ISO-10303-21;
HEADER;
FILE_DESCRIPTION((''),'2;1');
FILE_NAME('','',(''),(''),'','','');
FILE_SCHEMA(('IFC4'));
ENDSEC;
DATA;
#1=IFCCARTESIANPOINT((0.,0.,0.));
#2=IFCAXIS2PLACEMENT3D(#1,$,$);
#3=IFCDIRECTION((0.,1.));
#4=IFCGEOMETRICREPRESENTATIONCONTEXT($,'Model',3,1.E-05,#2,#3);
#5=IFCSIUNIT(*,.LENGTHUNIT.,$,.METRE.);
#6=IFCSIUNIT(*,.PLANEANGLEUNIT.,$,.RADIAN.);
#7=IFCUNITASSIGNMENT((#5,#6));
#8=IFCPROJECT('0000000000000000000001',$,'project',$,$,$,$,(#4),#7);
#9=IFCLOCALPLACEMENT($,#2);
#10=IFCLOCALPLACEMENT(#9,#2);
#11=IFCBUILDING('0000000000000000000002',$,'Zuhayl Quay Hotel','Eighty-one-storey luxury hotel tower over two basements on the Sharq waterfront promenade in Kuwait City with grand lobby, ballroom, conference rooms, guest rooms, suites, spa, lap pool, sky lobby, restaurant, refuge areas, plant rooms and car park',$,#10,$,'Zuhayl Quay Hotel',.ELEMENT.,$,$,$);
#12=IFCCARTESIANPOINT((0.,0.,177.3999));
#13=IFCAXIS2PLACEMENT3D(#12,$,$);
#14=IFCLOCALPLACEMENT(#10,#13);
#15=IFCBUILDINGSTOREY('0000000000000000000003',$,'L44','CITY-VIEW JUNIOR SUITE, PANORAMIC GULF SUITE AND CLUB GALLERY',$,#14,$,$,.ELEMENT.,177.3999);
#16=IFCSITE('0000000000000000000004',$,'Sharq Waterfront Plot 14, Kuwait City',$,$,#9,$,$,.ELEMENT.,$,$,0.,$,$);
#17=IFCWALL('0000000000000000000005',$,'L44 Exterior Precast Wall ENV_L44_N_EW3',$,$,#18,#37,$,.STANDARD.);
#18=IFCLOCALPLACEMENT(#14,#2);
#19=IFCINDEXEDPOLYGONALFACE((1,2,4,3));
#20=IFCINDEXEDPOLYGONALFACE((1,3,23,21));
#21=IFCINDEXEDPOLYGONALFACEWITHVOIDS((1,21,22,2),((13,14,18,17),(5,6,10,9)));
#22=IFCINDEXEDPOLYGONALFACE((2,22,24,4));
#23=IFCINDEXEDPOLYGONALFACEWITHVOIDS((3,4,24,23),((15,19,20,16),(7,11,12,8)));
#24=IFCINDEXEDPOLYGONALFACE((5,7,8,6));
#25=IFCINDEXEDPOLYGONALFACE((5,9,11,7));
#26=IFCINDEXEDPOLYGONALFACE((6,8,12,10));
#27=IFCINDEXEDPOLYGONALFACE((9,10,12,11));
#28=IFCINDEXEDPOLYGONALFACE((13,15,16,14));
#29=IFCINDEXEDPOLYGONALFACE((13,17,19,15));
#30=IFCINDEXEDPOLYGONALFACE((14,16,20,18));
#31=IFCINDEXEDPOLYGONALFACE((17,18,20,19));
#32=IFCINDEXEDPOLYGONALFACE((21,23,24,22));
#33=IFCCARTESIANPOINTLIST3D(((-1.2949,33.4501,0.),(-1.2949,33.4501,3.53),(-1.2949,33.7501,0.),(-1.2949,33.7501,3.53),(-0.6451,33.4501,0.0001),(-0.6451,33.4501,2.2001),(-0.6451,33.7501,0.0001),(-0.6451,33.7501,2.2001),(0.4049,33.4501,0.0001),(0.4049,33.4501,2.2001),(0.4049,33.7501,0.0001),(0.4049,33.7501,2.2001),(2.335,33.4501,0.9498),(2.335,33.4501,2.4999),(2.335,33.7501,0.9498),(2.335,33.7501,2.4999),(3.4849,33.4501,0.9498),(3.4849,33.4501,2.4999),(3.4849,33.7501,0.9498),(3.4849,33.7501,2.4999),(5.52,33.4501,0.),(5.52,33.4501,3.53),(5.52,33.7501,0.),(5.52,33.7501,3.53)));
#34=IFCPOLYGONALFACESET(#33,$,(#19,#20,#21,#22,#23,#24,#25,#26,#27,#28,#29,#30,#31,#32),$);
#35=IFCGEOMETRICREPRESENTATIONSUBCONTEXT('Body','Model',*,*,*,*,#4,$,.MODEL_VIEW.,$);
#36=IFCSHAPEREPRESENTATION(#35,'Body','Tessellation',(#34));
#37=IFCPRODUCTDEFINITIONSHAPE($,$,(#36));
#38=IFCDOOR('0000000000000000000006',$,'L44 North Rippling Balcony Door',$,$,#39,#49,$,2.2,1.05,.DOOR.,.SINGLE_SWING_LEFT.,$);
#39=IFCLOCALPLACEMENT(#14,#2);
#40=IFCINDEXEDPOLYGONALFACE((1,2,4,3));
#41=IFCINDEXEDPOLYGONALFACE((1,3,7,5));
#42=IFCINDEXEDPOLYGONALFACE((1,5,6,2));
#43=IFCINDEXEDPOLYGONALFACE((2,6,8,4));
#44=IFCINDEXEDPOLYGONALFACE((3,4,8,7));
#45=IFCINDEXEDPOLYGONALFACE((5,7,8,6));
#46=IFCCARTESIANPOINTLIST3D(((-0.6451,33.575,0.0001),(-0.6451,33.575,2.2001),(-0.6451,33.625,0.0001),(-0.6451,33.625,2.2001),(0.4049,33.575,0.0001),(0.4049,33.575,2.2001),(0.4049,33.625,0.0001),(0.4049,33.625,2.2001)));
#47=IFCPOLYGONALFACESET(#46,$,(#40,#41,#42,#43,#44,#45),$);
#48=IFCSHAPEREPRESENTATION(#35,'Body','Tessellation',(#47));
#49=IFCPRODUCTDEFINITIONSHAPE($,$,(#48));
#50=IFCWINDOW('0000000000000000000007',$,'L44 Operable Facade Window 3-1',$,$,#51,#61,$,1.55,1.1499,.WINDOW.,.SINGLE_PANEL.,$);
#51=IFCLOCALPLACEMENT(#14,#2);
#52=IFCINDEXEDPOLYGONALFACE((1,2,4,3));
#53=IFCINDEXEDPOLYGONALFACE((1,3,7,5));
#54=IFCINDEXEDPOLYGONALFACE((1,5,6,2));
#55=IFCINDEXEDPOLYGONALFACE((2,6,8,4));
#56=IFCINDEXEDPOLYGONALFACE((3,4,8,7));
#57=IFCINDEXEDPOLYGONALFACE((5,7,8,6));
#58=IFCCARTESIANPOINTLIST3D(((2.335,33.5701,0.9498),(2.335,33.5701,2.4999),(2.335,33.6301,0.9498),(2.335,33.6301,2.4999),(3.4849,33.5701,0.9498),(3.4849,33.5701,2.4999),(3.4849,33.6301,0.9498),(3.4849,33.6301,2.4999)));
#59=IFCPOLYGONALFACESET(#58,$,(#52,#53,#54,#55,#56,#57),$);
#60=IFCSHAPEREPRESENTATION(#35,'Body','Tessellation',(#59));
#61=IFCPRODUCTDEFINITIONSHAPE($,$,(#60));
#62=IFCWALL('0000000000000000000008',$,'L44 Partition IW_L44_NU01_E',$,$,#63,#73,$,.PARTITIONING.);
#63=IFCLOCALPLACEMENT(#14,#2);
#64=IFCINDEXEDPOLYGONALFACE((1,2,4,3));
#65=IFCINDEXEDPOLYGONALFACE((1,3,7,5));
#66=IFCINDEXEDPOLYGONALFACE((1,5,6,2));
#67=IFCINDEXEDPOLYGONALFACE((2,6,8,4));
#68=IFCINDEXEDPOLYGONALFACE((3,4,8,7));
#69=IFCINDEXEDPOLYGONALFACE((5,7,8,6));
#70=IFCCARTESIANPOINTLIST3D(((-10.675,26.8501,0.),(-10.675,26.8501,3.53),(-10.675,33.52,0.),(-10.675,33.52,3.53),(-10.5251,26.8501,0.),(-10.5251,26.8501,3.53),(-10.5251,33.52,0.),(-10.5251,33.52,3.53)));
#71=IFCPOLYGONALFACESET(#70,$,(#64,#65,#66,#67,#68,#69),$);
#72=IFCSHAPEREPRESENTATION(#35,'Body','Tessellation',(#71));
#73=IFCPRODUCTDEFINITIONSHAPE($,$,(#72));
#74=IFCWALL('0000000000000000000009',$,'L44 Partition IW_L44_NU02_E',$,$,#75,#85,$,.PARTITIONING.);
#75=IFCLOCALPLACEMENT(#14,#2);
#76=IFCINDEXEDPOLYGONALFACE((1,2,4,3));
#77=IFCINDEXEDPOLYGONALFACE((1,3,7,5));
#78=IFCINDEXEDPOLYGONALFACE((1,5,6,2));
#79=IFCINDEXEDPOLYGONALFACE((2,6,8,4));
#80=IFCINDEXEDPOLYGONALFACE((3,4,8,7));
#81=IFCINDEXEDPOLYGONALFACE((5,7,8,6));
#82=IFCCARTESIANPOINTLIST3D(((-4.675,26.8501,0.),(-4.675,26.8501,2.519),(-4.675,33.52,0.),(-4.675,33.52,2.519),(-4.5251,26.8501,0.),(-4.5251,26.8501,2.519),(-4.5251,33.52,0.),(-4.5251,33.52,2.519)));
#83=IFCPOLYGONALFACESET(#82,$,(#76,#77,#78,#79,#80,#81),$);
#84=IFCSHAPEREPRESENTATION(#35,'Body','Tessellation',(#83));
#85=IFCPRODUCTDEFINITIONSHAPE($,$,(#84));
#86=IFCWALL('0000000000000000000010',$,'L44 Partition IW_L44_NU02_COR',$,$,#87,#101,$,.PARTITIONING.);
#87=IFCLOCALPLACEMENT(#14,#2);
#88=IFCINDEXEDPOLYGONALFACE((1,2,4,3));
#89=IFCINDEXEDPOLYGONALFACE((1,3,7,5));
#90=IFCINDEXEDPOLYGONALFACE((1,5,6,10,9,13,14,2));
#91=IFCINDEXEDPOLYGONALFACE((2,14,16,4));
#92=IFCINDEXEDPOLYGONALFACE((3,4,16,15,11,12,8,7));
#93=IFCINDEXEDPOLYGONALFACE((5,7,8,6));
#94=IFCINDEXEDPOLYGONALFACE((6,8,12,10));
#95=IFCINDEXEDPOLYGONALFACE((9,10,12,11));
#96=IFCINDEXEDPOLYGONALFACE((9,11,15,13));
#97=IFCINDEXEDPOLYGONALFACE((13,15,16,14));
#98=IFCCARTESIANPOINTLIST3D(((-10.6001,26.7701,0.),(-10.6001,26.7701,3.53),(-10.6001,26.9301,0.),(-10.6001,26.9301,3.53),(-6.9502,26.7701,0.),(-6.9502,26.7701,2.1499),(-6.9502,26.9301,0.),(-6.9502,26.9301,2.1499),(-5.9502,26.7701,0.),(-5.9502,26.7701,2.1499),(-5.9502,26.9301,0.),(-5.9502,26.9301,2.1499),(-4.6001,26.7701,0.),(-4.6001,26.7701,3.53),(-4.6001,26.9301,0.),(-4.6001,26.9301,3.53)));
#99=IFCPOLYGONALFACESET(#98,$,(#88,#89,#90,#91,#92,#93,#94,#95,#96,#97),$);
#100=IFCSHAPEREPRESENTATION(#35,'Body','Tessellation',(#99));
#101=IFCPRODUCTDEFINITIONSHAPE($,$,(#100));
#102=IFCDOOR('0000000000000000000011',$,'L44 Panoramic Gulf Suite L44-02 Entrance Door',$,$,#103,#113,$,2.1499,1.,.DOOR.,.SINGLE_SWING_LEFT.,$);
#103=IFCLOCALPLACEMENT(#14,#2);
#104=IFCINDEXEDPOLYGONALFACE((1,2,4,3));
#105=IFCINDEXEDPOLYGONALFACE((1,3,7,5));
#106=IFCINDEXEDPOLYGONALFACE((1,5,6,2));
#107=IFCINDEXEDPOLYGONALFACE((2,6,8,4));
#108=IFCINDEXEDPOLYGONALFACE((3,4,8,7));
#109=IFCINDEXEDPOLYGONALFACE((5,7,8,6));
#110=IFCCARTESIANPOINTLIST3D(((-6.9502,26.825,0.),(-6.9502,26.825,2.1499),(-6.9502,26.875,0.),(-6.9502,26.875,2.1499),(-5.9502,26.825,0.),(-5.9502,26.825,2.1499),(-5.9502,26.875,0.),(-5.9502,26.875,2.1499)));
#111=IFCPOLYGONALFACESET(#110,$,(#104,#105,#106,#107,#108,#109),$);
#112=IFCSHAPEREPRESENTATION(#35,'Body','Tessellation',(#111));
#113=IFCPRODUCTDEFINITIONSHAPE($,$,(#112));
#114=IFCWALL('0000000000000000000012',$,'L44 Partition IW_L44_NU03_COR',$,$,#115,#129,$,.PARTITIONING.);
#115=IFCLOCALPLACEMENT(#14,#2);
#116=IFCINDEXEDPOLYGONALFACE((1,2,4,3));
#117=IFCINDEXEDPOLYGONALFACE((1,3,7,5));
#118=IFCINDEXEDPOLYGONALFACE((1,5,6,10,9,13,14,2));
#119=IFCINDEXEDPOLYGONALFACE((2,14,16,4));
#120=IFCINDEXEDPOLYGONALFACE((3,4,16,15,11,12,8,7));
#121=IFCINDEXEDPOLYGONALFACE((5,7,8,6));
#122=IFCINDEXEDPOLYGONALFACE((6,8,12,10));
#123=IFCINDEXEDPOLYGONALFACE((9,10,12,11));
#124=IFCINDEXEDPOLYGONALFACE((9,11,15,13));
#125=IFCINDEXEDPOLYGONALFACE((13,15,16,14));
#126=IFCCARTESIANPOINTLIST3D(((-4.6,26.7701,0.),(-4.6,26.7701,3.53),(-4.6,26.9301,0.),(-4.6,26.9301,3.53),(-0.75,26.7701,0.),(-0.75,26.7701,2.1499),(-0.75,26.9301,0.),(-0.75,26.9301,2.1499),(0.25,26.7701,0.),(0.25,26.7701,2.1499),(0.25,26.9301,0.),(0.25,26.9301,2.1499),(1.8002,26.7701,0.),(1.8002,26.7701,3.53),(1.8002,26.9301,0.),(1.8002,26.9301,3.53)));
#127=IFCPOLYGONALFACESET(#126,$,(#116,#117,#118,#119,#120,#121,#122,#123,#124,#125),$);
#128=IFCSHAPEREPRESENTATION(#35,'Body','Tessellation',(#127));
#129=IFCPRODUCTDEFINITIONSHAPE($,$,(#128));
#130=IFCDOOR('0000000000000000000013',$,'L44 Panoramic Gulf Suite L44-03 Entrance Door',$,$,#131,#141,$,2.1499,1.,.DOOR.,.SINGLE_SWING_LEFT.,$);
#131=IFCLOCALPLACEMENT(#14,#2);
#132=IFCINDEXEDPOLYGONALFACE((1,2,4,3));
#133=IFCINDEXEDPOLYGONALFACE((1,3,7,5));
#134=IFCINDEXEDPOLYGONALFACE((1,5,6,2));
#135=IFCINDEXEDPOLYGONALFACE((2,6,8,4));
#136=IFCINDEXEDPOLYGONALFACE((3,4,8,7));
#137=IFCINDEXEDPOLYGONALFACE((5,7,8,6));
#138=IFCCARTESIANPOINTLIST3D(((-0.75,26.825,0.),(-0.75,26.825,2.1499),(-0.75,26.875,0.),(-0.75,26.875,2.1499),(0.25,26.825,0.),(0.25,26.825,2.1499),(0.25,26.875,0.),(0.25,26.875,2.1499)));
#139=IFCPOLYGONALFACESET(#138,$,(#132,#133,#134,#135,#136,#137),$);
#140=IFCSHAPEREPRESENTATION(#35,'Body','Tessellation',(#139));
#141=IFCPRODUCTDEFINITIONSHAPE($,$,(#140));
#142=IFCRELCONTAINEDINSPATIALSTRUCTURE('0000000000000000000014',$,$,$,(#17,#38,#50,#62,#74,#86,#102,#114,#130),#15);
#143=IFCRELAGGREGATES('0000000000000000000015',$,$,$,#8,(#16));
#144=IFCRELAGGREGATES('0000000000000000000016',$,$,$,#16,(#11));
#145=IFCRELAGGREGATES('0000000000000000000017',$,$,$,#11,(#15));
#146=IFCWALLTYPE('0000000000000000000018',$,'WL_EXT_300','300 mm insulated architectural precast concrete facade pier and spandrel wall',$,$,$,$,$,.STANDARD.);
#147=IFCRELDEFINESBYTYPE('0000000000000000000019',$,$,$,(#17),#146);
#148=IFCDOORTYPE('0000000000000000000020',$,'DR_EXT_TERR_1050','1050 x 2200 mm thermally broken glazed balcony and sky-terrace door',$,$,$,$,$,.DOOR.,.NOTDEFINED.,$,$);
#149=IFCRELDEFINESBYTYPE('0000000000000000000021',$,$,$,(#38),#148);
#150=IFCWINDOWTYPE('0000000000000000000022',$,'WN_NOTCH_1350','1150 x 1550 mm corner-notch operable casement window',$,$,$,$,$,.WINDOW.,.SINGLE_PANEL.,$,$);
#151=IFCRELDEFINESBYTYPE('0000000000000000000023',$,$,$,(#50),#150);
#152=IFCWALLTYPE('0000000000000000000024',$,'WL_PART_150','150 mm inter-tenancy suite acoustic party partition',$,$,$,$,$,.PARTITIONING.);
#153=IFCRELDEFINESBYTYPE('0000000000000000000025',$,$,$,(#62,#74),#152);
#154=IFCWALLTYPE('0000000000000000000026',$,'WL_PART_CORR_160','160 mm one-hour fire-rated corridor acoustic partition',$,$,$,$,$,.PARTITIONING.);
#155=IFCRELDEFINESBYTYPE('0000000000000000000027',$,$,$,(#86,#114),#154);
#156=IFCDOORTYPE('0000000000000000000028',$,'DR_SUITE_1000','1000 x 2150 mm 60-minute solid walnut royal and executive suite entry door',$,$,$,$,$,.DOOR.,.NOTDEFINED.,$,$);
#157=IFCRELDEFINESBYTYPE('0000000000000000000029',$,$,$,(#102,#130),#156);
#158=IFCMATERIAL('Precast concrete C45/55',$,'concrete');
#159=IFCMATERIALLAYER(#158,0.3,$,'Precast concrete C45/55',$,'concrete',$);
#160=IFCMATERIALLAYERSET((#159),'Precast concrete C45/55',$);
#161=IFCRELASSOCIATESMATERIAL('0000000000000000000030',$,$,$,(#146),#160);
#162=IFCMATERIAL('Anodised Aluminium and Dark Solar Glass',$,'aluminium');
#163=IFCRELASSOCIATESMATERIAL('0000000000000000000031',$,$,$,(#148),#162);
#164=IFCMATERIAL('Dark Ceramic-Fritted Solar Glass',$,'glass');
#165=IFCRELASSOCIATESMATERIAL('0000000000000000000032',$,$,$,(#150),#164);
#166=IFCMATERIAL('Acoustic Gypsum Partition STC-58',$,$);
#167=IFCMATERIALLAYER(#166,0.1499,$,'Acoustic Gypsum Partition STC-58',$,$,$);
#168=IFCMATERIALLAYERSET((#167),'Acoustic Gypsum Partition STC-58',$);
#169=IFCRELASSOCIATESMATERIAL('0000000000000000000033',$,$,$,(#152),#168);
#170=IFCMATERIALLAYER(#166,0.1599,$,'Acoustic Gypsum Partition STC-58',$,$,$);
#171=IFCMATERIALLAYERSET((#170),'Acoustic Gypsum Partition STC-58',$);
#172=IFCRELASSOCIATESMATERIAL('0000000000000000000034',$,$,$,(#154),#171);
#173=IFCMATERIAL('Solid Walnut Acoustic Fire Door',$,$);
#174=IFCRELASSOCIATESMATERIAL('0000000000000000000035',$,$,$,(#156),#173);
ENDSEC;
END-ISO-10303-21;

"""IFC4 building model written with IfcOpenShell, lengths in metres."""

from ifc_helpers import new_model, si_unit, direction, frame, frame_2d, origin, place, context, subcontext, project, spatial, rectangle, extrude, material, layer, layer_set, type_object, element, fill, save


model = new_model("IFC4")

# Units and contexts
model_context = context("Model", 3, precision=1e-05, world=origin(), true_north=direction((0.0, 1.0)))
body_context = subcontext(model_context, "Body", "Model", "MODEL_VIEW")
ifc_project = project(units=[si_unit("LENGTHUNIT", "METRE"), si_unit("PLANEANGLEUNIT", "RADIAN")], contexts=[model_context])

# Site, building, storey
site_placement = place(None, origin())
site = spatial("IfcSite", under=ifc_project, at=site_placement, Name="Sharq Waterfront Plot 14, Kuwait City", CompositionType="ELEMENT", RefElevation=0.0)
building_placement = place(site_placement, origin())
building = spatial("IfcBuilding", under=site, at=building_placement, Name="Zuhayl Quay Hotel", Description="Eighty-one-storey luxury hotel tower over two basements on the Sharq waterfront promenade in Kuwait City with grand lobby, ballroom, conference rooms, guest rooms, suites, spa, lap pool, sky lobby, restaurant, refuge areas, plant rooms and car park", LongName="Zuhayl Quay Hotel", CompositionType="ELEMENT")
storey_placement = place(building_placement, frame((0.0, 0.0, 177.3999)))
storey = spatial("IfcBuildingStorey", under=building, at=storey_placement, Name="L44", Description="CITY-VIEW JUNIOR SUITE, PANORAMIC GULF SUITE AND CLUB GALLERY", CompositionType="ELEMENT", Elevation=177.3999)

# Shared definitions
ifc_material_1 = material(Name="Dark Ceramic-Fritted Solar Glass", Category="glass")

# Wall, openings, door, window
ifc_material_2 = material(Name="Precast concrete C45/55", Category="concrete")
ifc_layer_1 = layer(ifc_material_2, 0.3, Name="Precast concrete C45/55", Category="concrete")
ifc_layer_set_1 = layer_set([ifc_layer_1], Name="Precast concrete C45/55")
wall_type_1 = type_object("IfcWallType", Name="WL_EXT_300", Description="300 mm insulated architectural precast concrete facade pier and spandrel wall", PredefinedType="STANDARD", material=ifc_layer_set_1)
wall_1_placement = place(storey_placement, frame((-1.2949, 33.6001, 0.0), z_axis=(0.0, 0.0, 1.0), x_axis=(1.0, 0.0, 0.0)))
wall_1 = element("IfcWall", 1, at=wall_1_placement, inside=storey, type_object=wall_type_1, Name="L44 Exterior Precast Wall ENV_L44_N_EW3", PredefinedType="STANDARD", context=body_context, shape_type="SweptSolid", body=[
    extrude(rectangle(XDim=6.8149, YDim=0.3, at=frame_2d((3.4075, 0.0))), origin(), (0.0, 0.0, 1.0), 3.53),
])
opening_1_placement = place(wall_1_placement, frame((0.6499, 0.0, 0.0)))
opening_1 = element("IfcOpeningElement", 2, at=opening_1_placement, cuts=wall_1, PredefinedType="OPENING", context=body_context, shape_type="SweptSolid", body=[
    extrude(rectangle(XDim=1.05, YDim=2.2, at=frame_2d((0.5249, 1.1001))), frame((0.0, 0.1599, 0.0), z_axis=(0.0, -1.0, 0.0), x_axis=(1.0, 0.0, 0.0)), (0.0, 0.0, 1.0), 0.3201),
])
opening_2_placement = place(wall_1_placement, frame((3.6299, 0.0, 0.95)))
opening_2 = element("IfcOpeningElement", 3, at=opening_2_placement, cuts=wall_1, PredefinedType="OPENING", context=body_context, shape_type="SweptSolid", body=[
    extrude(rectangle(XDim=1.1499, YDim=1.55, at=frame_2d((0.575, 0.7749))), frame((0.0, 0.1599, 0.0), z_axis=(0.0, -1.0, 0.0), x_axis=(1.0, 0.0, 0.0)), (0.0, 0.0, 1.0), 0.3201),
])
ifc_material_3 = material(Name="Anodised Aluminium and Dark Solar Glass", Category="aluminium")
door_type_1 = type_object("IfcDoorType", Name="DR_EXT_TERR_1050", Description="1050 x 2200 mm thermally broken glazed balcony and sky-terrace door", OperationType="NOTDEFINED", PredefinedType="DOOR", material=ifc_material_3)
door_1_placement = place(opening_1_placement, origin())
door_1 = element("IfcDoor", 4, at=door_1_placement, inside=storey, type_object=door_type_1, Name="L44 North Rippling Balcony Door", OperationType="SINGLE_SWING_LEFT", OverallHeight=2.2, OverallWidth=1.05, PredefinedType="DOOR", context=body_context, shape_type="SweptSolid", body=[
    extrude(rectangle(XDim=1.05, YDim=2.2, at=frame_2d((0.5249, 1.1001))), frame((0.0, 0.0249, 0.0), z_axis=(0.0, -1.0, 0.0), x_axis=(1.0, 0.0, 0.0)), (0.0, 0.0, 1.0), 0.05),
])
fill(opening_1, door_1)
window_type = type_object("IfcWindowType", Name="WN_NOTCH_1350", Description="1150 x 1550 mm corner-notch operable casement window", PartitioningType="SINGLE_PANEL", PredefinedType="WINDOW", material=ifc_material_1)
window_placement = place(opening_2_placement, origin())
window = element("IfcWindow", 5, at=window_placement, inside=storey, type_object=window_type, Name="L44 Operable Facade Window 3-1", OverallHeight=1.55, OverallWidth=1.1499, PartitioningType="SINGLE_PANEL", PredefinedType="WINDOW", context=body_context, shape_type="SweptSolid", body=[
    extrude(rectangle(XDim=1.1499, YDim=1.55, at=frame_2d((0.575, 0.7749))), frame((0.0, 0.03, 0.0), z_axis=(0.0, -1.0, 0.0), x_axis=(1.0, 0.0, 0.0)), (0.0, 0.0, 1.0), 0.0601),
])
fill(opening_2, window)

# Walls
ifc_material_4 = material(Name="Acoustic Gypsum Partition STC-58")
ifc_layer_2 = layer(ifc_material_4, 0.1499, Name="Acoustic Gypsum Partition STC-58")
ifc_layer_set_2 = layer_set([ifc_layer_2], Name="Acoustic Gypsum Partition STC-58")
wall_type_2 = type_object("IfcWallType", Name="WL_PART_150", Description="150 mm inter-tenancy suite acoustic party partition", PredefinedType="PARTITIONING", material=ifc_layer_set_2)
wall_2_placement = place(storey_placement, frame((-10.6001, 26.8501, 0.0), z_axis=(0.0, 0.0, 1.0), x_axis=(0.0, 1.0, 0.0)))
element("IfcWall", 6, at=wall_2_placement, inside=storey, type_object=wall_type_2, Name="L44 Partition IW_L44_NU01_E", PredefinedType="PARTITIONING", context=body_context, shape_type="SweptSolid", body=[
    extrude(rectangle(XDim=6.6699, YDim=0.1499, at=frame_2d((3.335, 0.0))), origin(), (0.0, 0.0, 1.0), 3.53),
])
wall_3_placement = place(storey_placement, frame((-4.6001, 26.8501, 0.0), z_axis=(0.0, 0.0, 1.0), x_axis=(0.0, 1.0, 0.0)))
element("IfcWall", 7, at=wall_3_placement, inside=storey, type_object=wall_type_2, Name="L44 Partition IW_L44_NU02_E", PredefinedType="PARTITIONING", context=body_context, shape_type="SweptSolid", body=[
    extrude(rectangle(XDim=6.6699, YDim=0.1499, at=frame_2d((3.335, 0.0))), origin(), (0.0, 0.0, 1.0), 2.519),
])

# Walls, openings, doors
ifc_layer_3 = layer(ifc_material_4, 0.1599, Name="Acoustic Gypsum Partition STC-58")
ifc_layer_set_3 = layer_set([ifc_layer_3], Name="Acoustic Gypsum Partition STC-58")
wall_type_3 = type_object("IfcWallType", Name="WL_PART_CORR_160", Description="160 mm one-hour fire-rated corridor acoustic partition", PredefinedType="PARTITIONING", material=ifc_layer_set_3)
wall_4_placement = place(storey_placement, frame((-10.6001, 26.8501, 0.0), z_axis=(0.0, 0.0, 1.0), x_axis=(1.0, 0.0, 0.0)))
wall_4 = element("IfcWall", 8, at=wall_4_placement, inside=storey, type_object=wall_type_3, Name="L44 Partition IW_L44_NU02_COR", PredefinedType="PARTITIONING", context=body_context, shape_type="SweptSolid", body=[
    extrude(rectangle(XDim=6.0, YDim=0.1599, at=frame_2d((3.0, 0.0))), origin(), (0.0, 0.0, 1.0), 3.53),
])
opening_3_placement = place(wall_4_placement, frame((3.6499, 0.0, 0.0)))
opening_3 = element("IfcOpeningElement", 9, at=opening_3_placement, cuts=wall_4, PredefinedType="OPENING", context=body_context, shape_type="SweptSolid", body=[
    extrude(rectangle(XDim=1.0, YDim=2.1499, at=frame_2d((0.5, 1.075))), frame((0.0, 0.0898, 0.0), z_axis=(0.0, -1.0, 0.0), x_axis=(1.0, 0.0, 0.0)), (0.0, 0.0, 1.0), 0.1799),
])
ifc_material_5 = material(Name="Solid Walnut Acoustic Fire Door")
door_type_2 = type_object("IfcDoorType", Name="DR_SUITE_1000", Description="1000 x 2150 mm 60-minute solid walnut royal and executive suite entry door", OperationType="NOTDEFINED", PredefinedType="DOOR", material=ifc_material_5)
door_2_placement = place(opening_3_placement, origin())
door_2 = element("IfcDoor", 10, at=door_2_placement, inside=storey, type_object=door_type_2, Name="L44 Panoramic Gulf Suite L44-02 Entrance Door", OperationType="SINGLE_SWING_LEFT", OverallHeight=2.1499, OverallWidth=1.0, PredefinedType="DOOR", context=body_context, shape_type="SweptSolid", body=[
    extrude(rectangle(XDim=1.0, YDim=2.1499, at=frame_2d((0.5, 1.075))), frame((0.0, 0.0249, 0.0), z_axis=(0.0, -1.0, 0.0), x_axis=(1.0, 0.0, 0.0)), (0.0, 0.0, 1.0), 0.05),
])
fill(opening_3, door_2)
wall_5_placement = place(storey_placement, frame((-4.6001, 26.8501, 0.0), z_axis=(0.0, 0.0, 1.0), x_axis=(1.0, 0.0, 0.0)))
wall_5 = element("IfcWall", 11, at=wall_5_placement, inside=storey, type_object=wall_type_3, Name="L44 Partition IW_L44_NU03_COR", PredefinedType="PARTITIONING", context=body_context, shape_type="SweptSolid", body=[
    extrude(rectangle(XDim=6.4001, YDim=0.1599, at=frame_2d((3.2002, 0.0))), origin(), (0.0, 0.0, 1.0), 3.53),
])
opening_4_placement = place(wall_5_placement, frame((3.8501, 0.0, 0.0)))
opening_4 = element("IfcOpeningElement", 12, at=opening_4_placement, cuts=wall_5, PredefinedType="OPENING", context=body_context, shape_type="SweptSolid", body=[
    extrude(rectangle(XDim=1.0, YDim=2.1499, at=frame_2d((0.5, 1.075))), frame((0.0, 0.0898, 0.0), z_axis=(0.0, -1.0, 0.0), x_axis=(1.0, 0.0, 0.0)), (0.0, 0.0, 1.0), 0.1799),
])
door_3_placement = place(opening_4_placement, origin())
door_3 = element("IfcDoor", 13, at=door_3_placement, inside=storey, type_object=door_type_2, Name="L44 Panoramic Gulf Suite L44-03 Entrance Door", OperationType="SINGLE_SWING_LEFT", OverallHeight=2.1499, OverallWidth=1.0, PredefinedType="DOOR", context=body_context, shape_type="SweptSolid", body=[
    extrude(rectangle(XDim=1.0, YDim=2.1499, at=frame_2d((0.5, 1.075))), frame((0.0, 0.0249, 0.0), z_axis=(0.0, -1.0, 0.0), x_axis=(1.0, 0.0, 0.0)), (0.0, 0.0, 1.0), 0.05),
])
fill(opening_4, door_3)

save(model, "model.ifc")
